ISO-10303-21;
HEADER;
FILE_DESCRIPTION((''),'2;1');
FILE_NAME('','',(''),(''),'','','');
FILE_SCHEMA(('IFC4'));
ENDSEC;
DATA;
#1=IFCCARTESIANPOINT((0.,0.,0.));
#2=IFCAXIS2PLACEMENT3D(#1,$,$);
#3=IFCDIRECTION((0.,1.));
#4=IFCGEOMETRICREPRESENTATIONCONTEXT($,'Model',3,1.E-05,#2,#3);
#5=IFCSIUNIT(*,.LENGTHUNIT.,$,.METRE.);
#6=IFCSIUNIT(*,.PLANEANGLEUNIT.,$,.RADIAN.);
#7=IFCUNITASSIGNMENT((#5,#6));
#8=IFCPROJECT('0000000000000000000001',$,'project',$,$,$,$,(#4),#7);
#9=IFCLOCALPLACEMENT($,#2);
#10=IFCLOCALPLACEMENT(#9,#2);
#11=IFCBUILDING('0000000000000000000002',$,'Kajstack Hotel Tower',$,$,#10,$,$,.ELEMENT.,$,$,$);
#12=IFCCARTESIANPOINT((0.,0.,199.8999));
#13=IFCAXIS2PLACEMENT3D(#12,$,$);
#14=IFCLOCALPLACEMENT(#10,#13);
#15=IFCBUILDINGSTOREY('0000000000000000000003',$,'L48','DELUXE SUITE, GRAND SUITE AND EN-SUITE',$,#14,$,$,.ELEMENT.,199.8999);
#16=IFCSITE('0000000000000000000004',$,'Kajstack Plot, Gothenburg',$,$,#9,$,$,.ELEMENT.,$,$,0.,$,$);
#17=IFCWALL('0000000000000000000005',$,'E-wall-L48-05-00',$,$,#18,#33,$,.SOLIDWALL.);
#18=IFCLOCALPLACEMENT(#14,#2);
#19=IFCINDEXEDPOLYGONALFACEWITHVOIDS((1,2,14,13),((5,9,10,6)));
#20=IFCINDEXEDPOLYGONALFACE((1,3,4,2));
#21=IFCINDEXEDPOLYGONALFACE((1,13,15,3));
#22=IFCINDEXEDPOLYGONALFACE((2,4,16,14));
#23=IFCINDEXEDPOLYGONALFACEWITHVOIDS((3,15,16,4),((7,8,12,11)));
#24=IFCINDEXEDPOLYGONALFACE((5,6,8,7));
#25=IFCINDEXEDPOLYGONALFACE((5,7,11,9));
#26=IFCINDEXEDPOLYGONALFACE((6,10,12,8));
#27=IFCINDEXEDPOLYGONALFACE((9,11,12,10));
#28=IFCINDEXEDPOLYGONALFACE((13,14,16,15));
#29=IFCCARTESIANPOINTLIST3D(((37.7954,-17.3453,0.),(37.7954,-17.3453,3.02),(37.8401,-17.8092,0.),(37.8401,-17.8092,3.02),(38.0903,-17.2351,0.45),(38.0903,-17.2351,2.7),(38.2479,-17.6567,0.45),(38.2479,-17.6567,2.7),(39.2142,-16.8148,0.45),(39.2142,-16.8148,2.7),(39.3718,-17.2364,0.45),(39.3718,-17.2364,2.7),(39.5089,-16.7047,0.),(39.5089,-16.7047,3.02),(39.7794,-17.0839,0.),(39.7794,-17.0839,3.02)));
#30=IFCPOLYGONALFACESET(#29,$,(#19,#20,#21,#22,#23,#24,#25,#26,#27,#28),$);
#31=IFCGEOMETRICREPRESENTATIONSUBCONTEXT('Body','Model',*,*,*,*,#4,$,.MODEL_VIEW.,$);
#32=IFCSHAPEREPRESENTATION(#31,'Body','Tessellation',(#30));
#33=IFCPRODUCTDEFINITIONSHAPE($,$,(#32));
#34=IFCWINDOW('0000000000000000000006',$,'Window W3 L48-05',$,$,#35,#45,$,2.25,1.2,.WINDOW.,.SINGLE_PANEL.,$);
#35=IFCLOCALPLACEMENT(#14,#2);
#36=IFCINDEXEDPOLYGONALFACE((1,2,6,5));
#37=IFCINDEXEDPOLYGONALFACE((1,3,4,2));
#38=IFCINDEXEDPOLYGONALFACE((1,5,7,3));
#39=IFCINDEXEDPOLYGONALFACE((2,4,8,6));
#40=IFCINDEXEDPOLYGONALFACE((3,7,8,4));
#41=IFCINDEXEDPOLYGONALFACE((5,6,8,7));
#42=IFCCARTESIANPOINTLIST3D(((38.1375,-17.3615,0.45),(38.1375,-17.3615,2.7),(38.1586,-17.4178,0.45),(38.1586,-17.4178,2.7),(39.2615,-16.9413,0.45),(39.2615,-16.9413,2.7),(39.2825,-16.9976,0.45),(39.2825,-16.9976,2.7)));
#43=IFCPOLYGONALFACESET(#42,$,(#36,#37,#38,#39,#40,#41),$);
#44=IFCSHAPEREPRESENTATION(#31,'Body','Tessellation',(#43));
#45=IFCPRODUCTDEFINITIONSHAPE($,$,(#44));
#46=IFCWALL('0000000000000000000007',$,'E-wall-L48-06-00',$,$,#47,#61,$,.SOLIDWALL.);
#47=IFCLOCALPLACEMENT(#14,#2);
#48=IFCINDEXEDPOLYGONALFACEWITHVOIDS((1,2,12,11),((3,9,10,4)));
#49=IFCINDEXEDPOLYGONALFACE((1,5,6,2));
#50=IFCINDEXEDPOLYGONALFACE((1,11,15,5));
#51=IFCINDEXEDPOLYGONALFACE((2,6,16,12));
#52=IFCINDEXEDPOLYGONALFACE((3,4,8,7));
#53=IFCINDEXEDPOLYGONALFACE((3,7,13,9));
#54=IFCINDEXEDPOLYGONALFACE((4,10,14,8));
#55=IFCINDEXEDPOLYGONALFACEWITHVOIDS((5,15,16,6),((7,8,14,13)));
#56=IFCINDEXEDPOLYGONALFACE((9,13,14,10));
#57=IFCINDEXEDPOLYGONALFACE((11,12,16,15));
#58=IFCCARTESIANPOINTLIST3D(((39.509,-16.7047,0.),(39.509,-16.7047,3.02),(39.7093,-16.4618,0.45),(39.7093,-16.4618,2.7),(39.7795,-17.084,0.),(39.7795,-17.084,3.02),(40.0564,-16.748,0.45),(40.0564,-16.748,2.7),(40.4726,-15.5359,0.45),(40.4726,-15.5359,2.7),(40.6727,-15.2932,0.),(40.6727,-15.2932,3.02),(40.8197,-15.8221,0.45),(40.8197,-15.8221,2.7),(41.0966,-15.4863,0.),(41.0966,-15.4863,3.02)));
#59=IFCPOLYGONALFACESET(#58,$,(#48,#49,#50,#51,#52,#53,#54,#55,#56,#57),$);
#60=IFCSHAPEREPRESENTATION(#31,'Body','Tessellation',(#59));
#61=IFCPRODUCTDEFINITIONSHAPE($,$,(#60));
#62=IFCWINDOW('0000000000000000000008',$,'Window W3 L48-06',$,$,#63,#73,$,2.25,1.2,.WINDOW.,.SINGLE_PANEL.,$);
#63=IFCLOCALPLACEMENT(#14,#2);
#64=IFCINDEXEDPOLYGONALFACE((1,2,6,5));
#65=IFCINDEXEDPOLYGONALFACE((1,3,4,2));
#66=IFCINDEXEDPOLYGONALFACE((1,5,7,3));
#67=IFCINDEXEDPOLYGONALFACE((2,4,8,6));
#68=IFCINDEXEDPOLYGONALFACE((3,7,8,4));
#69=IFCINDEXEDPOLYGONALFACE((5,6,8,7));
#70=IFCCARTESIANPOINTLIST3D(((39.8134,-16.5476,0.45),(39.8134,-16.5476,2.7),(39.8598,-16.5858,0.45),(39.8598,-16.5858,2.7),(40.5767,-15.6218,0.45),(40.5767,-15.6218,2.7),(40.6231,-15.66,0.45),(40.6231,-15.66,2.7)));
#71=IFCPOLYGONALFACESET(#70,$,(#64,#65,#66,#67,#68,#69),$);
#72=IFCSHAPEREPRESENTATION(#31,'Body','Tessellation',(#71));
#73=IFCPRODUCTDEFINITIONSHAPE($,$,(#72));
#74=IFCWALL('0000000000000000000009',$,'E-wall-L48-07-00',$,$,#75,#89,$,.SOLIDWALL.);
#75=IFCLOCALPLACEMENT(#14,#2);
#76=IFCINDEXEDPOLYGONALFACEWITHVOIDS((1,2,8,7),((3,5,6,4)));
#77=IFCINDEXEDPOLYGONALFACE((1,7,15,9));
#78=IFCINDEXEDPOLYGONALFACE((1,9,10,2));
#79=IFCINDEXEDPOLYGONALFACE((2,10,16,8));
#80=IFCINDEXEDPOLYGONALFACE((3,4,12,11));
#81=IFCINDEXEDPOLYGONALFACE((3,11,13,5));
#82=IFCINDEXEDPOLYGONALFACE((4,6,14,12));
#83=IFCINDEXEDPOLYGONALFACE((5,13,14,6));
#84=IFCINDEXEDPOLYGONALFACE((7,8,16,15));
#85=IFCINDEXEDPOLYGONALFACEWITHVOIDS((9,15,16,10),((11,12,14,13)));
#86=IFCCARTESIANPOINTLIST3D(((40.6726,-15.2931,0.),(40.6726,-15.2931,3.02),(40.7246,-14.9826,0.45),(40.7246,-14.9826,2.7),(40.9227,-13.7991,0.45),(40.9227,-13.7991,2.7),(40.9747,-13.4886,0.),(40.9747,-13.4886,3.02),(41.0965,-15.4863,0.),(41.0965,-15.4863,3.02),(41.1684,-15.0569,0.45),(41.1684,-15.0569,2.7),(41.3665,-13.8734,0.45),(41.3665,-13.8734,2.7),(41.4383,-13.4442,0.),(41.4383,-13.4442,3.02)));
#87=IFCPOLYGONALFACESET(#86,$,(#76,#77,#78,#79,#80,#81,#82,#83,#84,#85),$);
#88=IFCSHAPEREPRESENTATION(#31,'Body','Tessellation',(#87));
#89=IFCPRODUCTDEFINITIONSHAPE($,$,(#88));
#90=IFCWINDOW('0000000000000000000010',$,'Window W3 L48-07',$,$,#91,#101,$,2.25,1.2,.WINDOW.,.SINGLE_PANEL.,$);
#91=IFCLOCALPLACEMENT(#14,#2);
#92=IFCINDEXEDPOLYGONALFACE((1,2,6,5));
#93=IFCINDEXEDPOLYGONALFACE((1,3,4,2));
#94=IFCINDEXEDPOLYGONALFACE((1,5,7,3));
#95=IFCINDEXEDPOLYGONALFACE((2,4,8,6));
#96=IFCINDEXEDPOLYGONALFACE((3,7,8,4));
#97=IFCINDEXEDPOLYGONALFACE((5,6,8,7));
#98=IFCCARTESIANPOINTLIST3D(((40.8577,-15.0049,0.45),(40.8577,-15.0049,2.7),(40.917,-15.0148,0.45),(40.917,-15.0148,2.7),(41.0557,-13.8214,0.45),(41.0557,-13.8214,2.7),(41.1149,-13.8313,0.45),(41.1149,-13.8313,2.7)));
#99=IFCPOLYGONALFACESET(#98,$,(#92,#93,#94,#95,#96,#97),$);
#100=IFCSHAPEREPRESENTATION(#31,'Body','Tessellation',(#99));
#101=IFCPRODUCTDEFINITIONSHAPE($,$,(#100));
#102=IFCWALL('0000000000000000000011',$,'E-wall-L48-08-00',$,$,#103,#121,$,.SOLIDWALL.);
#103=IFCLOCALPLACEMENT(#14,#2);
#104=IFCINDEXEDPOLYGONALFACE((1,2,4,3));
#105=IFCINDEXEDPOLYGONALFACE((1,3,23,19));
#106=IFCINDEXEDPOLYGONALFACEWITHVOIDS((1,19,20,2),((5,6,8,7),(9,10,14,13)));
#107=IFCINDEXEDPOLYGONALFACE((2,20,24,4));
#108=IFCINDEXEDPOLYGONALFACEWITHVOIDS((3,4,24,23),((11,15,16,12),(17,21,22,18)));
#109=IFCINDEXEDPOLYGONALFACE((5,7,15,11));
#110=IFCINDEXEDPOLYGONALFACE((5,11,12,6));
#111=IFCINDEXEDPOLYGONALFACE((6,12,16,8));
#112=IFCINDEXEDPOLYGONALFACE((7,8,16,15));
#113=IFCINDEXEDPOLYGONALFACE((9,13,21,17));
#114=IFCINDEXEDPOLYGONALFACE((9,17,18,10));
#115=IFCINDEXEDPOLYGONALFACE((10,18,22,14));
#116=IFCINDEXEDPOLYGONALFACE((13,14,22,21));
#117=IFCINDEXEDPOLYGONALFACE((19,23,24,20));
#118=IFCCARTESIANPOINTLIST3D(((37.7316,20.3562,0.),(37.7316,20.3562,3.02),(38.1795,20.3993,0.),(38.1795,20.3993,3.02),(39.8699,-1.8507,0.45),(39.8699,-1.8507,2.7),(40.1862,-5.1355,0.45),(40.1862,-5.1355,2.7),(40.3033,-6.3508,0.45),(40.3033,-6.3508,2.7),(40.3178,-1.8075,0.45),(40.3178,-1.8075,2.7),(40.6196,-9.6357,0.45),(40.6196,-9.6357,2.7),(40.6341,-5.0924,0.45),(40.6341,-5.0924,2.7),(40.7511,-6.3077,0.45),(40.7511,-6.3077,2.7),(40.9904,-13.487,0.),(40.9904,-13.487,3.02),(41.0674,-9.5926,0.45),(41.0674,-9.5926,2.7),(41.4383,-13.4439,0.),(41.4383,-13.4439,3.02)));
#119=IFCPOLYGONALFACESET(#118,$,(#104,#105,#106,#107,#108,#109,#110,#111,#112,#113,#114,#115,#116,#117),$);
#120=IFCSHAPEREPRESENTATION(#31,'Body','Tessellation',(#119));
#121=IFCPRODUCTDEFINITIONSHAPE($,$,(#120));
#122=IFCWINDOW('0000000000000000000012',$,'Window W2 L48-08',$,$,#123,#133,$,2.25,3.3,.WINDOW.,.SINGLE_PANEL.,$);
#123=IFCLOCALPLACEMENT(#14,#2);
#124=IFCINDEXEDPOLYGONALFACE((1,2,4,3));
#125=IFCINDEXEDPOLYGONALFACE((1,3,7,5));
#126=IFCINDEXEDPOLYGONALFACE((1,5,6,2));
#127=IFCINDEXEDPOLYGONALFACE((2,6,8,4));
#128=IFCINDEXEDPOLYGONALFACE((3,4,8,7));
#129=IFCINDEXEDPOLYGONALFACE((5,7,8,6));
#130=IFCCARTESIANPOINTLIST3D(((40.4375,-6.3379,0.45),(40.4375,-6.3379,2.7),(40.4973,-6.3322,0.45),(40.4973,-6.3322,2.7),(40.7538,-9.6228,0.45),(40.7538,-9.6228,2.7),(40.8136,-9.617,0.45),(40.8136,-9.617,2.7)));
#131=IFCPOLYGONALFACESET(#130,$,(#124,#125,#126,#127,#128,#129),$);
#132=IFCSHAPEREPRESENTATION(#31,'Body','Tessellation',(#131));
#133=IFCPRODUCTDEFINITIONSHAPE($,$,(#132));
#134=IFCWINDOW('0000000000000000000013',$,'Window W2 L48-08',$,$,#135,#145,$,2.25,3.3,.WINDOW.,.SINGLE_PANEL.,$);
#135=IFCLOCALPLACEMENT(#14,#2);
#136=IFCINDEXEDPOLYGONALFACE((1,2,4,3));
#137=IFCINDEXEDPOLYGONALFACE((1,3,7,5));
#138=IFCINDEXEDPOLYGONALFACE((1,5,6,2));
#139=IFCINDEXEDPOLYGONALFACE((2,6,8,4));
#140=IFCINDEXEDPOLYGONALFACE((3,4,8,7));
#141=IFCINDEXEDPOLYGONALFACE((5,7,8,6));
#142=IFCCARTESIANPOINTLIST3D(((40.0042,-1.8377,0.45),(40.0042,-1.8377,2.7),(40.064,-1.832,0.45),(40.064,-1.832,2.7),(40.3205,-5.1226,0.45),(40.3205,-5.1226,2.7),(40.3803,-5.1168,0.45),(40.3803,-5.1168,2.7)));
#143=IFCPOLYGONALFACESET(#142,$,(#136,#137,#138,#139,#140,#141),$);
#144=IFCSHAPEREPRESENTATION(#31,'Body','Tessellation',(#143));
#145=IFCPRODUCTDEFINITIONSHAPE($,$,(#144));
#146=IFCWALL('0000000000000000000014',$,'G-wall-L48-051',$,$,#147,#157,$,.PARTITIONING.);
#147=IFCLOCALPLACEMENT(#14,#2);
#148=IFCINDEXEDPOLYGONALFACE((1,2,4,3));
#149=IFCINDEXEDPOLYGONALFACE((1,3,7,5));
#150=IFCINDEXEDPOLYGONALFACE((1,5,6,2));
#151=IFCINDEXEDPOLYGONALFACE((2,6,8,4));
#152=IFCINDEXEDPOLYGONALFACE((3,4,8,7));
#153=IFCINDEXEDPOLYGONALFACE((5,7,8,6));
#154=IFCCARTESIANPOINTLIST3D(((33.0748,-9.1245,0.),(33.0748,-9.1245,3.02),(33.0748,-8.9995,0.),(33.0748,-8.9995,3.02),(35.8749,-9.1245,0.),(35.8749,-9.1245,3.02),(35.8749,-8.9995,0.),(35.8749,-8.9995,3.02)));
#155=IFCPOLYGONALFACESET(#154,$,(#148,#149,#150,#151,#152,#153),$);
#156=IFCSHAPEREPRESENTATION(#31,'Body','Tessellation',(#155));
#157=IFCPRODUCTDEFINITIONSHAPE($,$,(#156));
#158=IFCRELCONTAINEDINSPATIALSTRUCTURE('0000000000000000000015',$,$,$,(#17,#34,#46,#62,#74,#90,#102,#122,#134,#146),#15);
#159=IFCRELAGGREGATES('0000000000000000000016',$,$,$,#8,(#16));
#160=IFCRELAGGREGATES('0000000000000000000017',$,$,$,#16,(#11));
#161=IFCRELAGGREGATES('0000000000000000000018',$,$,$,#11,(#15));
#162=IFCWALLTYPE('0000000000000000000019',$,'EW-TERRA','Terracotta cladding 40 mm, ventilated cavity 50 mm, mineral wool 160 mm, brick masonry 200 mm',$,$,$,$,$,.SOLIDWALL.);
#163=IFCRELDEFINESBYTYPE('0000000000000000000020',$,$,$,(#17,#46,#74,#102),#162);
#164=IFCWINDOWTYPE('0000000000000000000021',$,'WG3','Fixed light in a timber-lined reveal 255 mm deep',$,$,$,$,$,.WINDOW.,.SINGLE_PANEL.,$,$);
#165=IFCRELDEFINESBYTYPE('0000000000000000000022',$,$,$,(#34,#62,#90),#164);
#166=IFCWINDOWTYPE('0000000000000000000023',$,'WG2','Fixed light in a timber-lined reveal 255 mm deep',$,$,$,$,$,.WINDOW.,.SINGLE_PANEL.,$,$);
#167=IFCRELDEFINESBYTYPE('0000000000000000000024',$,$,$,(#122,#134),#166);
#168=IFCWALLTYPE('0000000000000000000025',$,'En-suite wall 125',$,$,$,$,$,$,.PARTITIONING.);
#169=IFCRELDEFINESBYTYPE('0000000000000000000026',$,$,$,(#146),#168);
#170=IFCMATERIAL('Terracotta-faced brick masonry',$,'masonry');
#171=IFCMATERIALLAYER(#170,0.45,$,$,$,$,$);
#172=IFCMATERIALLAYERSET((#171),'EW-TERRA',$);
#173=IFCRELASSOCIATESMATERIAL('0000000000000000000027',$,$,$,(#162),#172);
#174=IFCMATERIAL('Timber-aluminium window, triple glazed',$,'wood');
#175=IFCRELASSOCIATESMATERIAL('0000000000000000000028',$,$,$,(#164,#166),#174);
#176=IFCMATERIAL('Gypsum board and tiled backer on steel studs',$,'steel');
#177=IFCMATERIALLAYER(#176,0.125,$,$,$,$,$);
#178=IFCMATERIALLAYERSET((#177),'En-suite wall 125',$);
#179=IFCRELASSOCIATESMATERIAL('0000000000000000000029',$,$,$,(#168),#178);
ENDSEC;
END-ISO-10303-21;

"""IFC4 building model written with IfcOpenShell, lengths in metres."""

from ifc_helpers import new_model, si_unit, direction, frame, frame_2d, origin, place, context, subcontext, project, spatial, polyline, rectangle, outline, extrude, material, layer, layer_set, type_object, element, fill, save


model = new_model("IFC4")

# Units and contexts
model_context = context("Model", 3, precision=1e-05, world=origin(), true_north=direction((0.0, 1.0)))
body_context = subcontext(model_context, "Body", "Model", "MODEL_VIEW")
ifc_project = project(units=[si_unit("LENGTHUNIT", "METRE"), si_unit("PLANEANGLEUNIT", "RADIAN")], contexts=[model_context])

# Site, building, storey
site_placement = place(None, origin())
site = spatial("IfcSite", under=ifc_project, at=site_placement, Name="Kajstack Plot, Gothenburg", CompositionType="ELEMENT", RefElevation=0.0)
building_placement = place(site_placement, origin())
building = spatial("IfcBuilding", under=site, at=building_placement, Name="Kajstack Hotel Tower", CompositionType="ELEMENT")
storey_placement = place(building_placement, frame((0.0, 0.0, 199.8999)))
storey = spatial("IfcBuildingStorey", under=building, at=storey_placement, Name="L48", Description="DELUXE SUITE, GRAND SUITE AND EN-SUITE", CompositionType="ELEMENT", Elevation=199.8999)

# Walls, openings, windows
ifc_material_1 = material(Name="Terracotta-faced brick masonry", Category="masonry")
ifc_layer_1 = layer(ifc_material_1, 0.45)
ifc_layer_set_1 = layer_set([ifc_layer_1], Name="EW-TERRA")
wall_type_1 = type_object("IfcWallType", Name="EW-TERRA", Description="Terracotta cladding 40 mm, ventilated cavity 50 mm, mineral wool 160 mm, brick masonry 200 mm", PredefinedType="SOLIDWALL", material=ifc_layer_set_1)
wall_1_placement = place(storey_placement, frame((37.7612, -17.5984, 0.0), z_axis=(0.0, 0.0, 1.0), x_axis=(0.936678, 0.350193, 0.0)))
wall_1 = element("IfcWall", 1, at=wall_1_placement, inside=storey, type_object=wall_type_1, Name="E-wall-L48-05-00", PredefinedType="SOLIDWALL", context=body_context, shape_type="SweptSolid", body=[
    extrude(outline(polyline([(0.0, -0.2251), (2.0706, -0.2249), (1.95, 0.2251), (0.1206, 0.2251), (0.0, -0.2251)])), origin(), (0.0, 0.0, 1.0), 3.02),
])
opening_1_placement = place(wall_1_placement, frame((0.4353, 0.0, 0.45)))
opening_1 = element("IfcOpeningElement", 2, at=opening_1_placement, cuts=wall_1, PredefinedType="OPENING", context=body_context, shape_type="SweptSolid", body=[
    extrude(rectangle(XDim=1.2, YDim=2.25, at=frame_2d((0.6001, 1.125))), frame((0.0, 0.2349, 0.0), z_axis=(0.0, -1.0, 0.0), x_axis=(1.0, 0.0, 0.0)), (0.0, 0.0, 1.0), 0.47),
])
ifc_material_2 = material(Name="Timber-aluminium window, triple glazed", Category="wood")
window_type_1 = type_object("IfcWindowType", Name="WG3", Description="Fixed light in a timber-lined reveal 255 mm deep", PartitioningType="SINGLE_PANEL", PredefinedType="WINDOW", material=ifc_material_2)
window_1_placement = place(opening_1_placement, origin())
window_1 = element("IfcWindow", 3, at=window_1_placement, inside=storey, type_object=window_type_1, Name="Window W3 L48-05", OverallHeight=2.25, OverallWidth=1.2, PartitioningType="SINGLE_PANEL", PredefinedType="WINDOW", context=body_context, shape_type="SweptSolid", body=[
    extrude(rectangle(XDim=1.2, YDim=2.25, at=frame_2d((0.6001, 1.125))), frame((0.0, 0.0901, 0.0), z_axis=(0.0, -1.0, 0.0), x_axis=(1.0, 0.0, 0.0)), (0.0, 0.0, 1.0), 0.0601),
])
fill(opening_1, window_1)
wall_2_placement = place(storey_placement, frame((39.606, -16.9409, 0.0), z_axis=(0.0, 0.0, 1.0), x_axis=(0.636116, 0.771593, 0.0)))
wall_2 = element("IfcWall", 4, at=wall_2_placement, inside=storey, type_object=wall_type_1, Name="E-wall-L48-06-00", PredefinedType="SOLIDWALL", context=body_context, shape_type="SweptSolid", body=[
    extrude(outline(polyline([(0.0, -0.2249), (2.0706, -0.2249), (1.95, 0.2251), (0.1206, 0.2251), (0.0, -0.2249)])), origin(), (0.0, 0.0, 1.0), 3.02),
])
opening_2_placement = place(wall_2_placement, frame((0.4353, 0.0, 0.45)))
opening_2 = element("IfcOpeningElement", 5, at=opening_2_placement, cuts=wall_2, PredefinedType="OPENING", context=body_context, shape_type="SweptSolid", body=[
    extrude(rectangle(XDim=1.2, YDim=2.25, at=frame_2d((0.6001, 1.125))), frame((0.0, 0.2349, 0.0), z_axis=(0.0, -1.0, 0.0), x_axis=(1.0, 0.0, 0.0)), (0.0, 0.0, 1.0), 0.47),
])
window_2_placement = place(opening_2_placement, origin())
window_2 = element("IfcWindow", 6, at=window_2_placement, inside=storey, type_object=window_type_1, Name="Window W3 L48-06", OverallHeight=2.25, OverallWidth=1.2, PartitioningType="SINGLE_PANEL", PredefinedType="WINDOW", context=body_context, shape_type="SweptSolid", body=[
    extrude(rectangle(XDim=1.2, YDim=2.25, at=frame_2d((0.6001, 1.125))), frame((0.0, 0.0901, 0.0), z_axis=(0.0, -1.0, 0.0), x_axis=(1.0, 0.0, 0.0)), (0.0, 0.0, 1.0), 0.0601),
])
fill(opening_2, window_2)
wall_3_placement = place(storey_placement, frame((40.8748, -15.4492, 0.0), z_axis=(0.0, 0.0, 1.0), x_axis=(0.164953, 0.986301, 0.0)))
wall_3 = element("IfcWall", 7, at=wall_3_placement, inside=storey, type_object=wall_type_1, Name="E-wall-L48-07-00", PredefinedType="SOLIDWALL", context=body_context, shape_type="SweptSolid", body=[
    extrude(outline(polyline([(0.0, -0.2249), (2.0706, -0.2251), (1.9502, 0.2249), (0.1206, 0.2251), (0.0, -0.2249)])), origin(), (0.0, 0.0, 1.0), 3.02),
])
opening_3_placement = place(wall_3_placement, frame((0.4353, 0.0, 0.45)))
opening_3 = element("IfcOpeningElement", 8, at=opening_3_placement, cuts=wall_3, PredefinedType="OPENING", context=body_context, shape_type="SweptSolid", body=[
    extrude(rectangle(XDim=1.2, YDim=2.25, at=frame_2d((0.6001, 1.125))), frame((0.0, 0.2349, 0.0), z_axis=(0.0, -1.0, 0.0), x_axis=(1.0, 0.0, 0.0)), (0.0, 0.0, 1.0), 0.47),
])
window_3_placement = place(opening_3_placement, origin())
window_3 = element("IfcWindow", 9, at=window_3_placement, inside=storey, type_object=window_type_1, Name="Window W3 L48-07", OverallHeight=2.25, OverallWidth=1.2, PartitioningType="SINGLE_PANEL", PredefinedType="WINDOW", context=body_context, shape_type="SweptSolid", body=[
    extrude(rectangle(XDim=1.2, YDim=2.25, at=frame_2d((0.6001, 1.125))), frame((0.0, 0.0901, 0.0), z_axis=(0.0, -1.0, 0.0), x_axis=(1.0, 0.0, 0.0)), (0.0, 0.0, 1.0), 0.0601),
])
fill(opening_3, window_3)

# Wall, openings, windows
wall_4_placement = place(storey_placement, frame((41.2144, -13.4656, 0.0), z_axis=(0.0, 0.0, 1.0), x_axis=(-0.095847, 0.995396, 0.0)))
wall_4 = element("IfcWall", 10, at=wall_4_placement, inside=storey, type_object=wall_type_1, Name="E-wall-L48-08-00", PredefinedType="SOLIDWALL", context=body_context, shape_type="SweptSolid", body=[
    extrude(rectangle(XDim=33.9998, YDim=0.45, at=frame_2d((17.0, 0.0))), origin(), (0.0, 0.0, 1.0), 3.02),
])
opening_4_placement = place(wall_4_placement, frame((3.8694, 0.0, 0.45)))
opening_4 = element("IfcOpeningElement", 11, at=opening_4_placement, cuts=wall_4, PredefinedType="OPENING", context=body_context, shape_type="SweptSolid", body=[
    extrude(rectangle(XDim=3.3, YDim=2.25, at=frame_2d((1.6499, 1.125))), frame((0.0, 0.2349, 0.0), z_axis=(0.0, -1.0, 0.0), x_axis=(1.0, 0.0, 0.0)), (0.0, 0.0, 1.0), 0.47),
])
opening_5_placement = place(wall_4_placement, frame((8.3904, 0.0, 0.45)))
opening_5 = element("IfcOpeningElement", 12, at=opening_5_placement, cuts=wall_4, PredefinedType="OPENING", context=body_context, shape_type="SweptSolid", body=[
    extrude(rectangle(XDim=3.3, YDim=2.25, at=frame_2d((1.6499, 1.125))), frame((0.0, 0.2349, 0.0), z_axis=(0.0, -1.0, 0.0), x_axis=(1.0, 0.0, 0.0)), (0.0, 0.0, 1.0), 0.47),
])
window_type_2 = type_object("IfcWindowType", Name="WG2", Description="Fixed light in a timber-lined reveal 255 mm deep", PartitioningType="SINGLE_PANEL", PredefinedType="WINDOW", material=ifc_material_2)
window_4_placement = place(opening_4_placement, origin())
window_4 = element("IfcWindow", 13, at=window_4_placement, inside=storey, type_object=window_type_2, Name="Window W2 L48-08", OverallHeight=2.25, OverallWidth=3.3, PartitioningType="SINGLE_PANEL", PredefinedType="WINDOW", context=body_context, shape_type="SweptSolid", body=[
    extrude(rectangle(XDim=3.3, YDim=2.25, at=frame_2d((1.6499, 1.125))), frame((0.0, 0.0901, 0.0), z_axis=(0.0, -1.0, 0.0), x_axis=(1.0, 0.0, 0.0)), (0.0, 0.0, 1.0), 0.0601),
])
fill(opening_4, window_4)
window_5_placement = place(opening_5_placement, origin())
window_5 = element("IfcWindow", 14, at=window_5_placement, inside=storey, type_object=window_type_2, Name="Window W2 L48-08", OverallHeight=2.25, OverallWidth=3.3, PartitioningType="SINGLE_PANEL", PredefinedType="WINDOW", context=body_context, shape_type="SweptSolid", body=[
    extrude(rectangle(XDim=3.3, YDim=2.25, at=frame_2d((1.6499, 1.125))), frame((0.0, 0.0901, 0.0), z_axis=(0.0, -1.0, 0.0), x_axis=(1.0, 0.0, 0.0)), (0.0, 0.0, 1.0), 0.0601),
])
fill(opening_5, window_5)

# Wall
ifc_material_3 = material(Name="Gypsum board and tiled backer on steel studs", Category="steel")
ifc_layer_2 = layer(ifc_material_3, 0.125)
ifc_layer_set_2 = layer_set([ifc_layer_2], Name="En-suite wall 125")
wall_type_2 = type_object("IfcWallType", Name="En-suite wall 125", PredefinedType="PARTITIONING", material=ifc_layer_set_2)
wall_5_placement = place(storey_placement, frame((33.075, -9.062, 0.0), z_axis=(0.0, 0.0, 1.0), x_axis=(1.0, 0.0, 0.0)))
element("IfcWall", 15, at=wall_5_placement, inside=storey, type_object=wall_type_2, Name="G-wall-L48-051", PredefinedType="PARTITIONING", context=body_context, shape_type="SweptSolid", body=[
    extrude(rectangle(XDim=2.8, YDim=0.125, at=frame_2d((1.3999, 0.0))), origin(), (0.0, 0.0, 1.0), 3.02),
])

save(model, "model.ifc")
